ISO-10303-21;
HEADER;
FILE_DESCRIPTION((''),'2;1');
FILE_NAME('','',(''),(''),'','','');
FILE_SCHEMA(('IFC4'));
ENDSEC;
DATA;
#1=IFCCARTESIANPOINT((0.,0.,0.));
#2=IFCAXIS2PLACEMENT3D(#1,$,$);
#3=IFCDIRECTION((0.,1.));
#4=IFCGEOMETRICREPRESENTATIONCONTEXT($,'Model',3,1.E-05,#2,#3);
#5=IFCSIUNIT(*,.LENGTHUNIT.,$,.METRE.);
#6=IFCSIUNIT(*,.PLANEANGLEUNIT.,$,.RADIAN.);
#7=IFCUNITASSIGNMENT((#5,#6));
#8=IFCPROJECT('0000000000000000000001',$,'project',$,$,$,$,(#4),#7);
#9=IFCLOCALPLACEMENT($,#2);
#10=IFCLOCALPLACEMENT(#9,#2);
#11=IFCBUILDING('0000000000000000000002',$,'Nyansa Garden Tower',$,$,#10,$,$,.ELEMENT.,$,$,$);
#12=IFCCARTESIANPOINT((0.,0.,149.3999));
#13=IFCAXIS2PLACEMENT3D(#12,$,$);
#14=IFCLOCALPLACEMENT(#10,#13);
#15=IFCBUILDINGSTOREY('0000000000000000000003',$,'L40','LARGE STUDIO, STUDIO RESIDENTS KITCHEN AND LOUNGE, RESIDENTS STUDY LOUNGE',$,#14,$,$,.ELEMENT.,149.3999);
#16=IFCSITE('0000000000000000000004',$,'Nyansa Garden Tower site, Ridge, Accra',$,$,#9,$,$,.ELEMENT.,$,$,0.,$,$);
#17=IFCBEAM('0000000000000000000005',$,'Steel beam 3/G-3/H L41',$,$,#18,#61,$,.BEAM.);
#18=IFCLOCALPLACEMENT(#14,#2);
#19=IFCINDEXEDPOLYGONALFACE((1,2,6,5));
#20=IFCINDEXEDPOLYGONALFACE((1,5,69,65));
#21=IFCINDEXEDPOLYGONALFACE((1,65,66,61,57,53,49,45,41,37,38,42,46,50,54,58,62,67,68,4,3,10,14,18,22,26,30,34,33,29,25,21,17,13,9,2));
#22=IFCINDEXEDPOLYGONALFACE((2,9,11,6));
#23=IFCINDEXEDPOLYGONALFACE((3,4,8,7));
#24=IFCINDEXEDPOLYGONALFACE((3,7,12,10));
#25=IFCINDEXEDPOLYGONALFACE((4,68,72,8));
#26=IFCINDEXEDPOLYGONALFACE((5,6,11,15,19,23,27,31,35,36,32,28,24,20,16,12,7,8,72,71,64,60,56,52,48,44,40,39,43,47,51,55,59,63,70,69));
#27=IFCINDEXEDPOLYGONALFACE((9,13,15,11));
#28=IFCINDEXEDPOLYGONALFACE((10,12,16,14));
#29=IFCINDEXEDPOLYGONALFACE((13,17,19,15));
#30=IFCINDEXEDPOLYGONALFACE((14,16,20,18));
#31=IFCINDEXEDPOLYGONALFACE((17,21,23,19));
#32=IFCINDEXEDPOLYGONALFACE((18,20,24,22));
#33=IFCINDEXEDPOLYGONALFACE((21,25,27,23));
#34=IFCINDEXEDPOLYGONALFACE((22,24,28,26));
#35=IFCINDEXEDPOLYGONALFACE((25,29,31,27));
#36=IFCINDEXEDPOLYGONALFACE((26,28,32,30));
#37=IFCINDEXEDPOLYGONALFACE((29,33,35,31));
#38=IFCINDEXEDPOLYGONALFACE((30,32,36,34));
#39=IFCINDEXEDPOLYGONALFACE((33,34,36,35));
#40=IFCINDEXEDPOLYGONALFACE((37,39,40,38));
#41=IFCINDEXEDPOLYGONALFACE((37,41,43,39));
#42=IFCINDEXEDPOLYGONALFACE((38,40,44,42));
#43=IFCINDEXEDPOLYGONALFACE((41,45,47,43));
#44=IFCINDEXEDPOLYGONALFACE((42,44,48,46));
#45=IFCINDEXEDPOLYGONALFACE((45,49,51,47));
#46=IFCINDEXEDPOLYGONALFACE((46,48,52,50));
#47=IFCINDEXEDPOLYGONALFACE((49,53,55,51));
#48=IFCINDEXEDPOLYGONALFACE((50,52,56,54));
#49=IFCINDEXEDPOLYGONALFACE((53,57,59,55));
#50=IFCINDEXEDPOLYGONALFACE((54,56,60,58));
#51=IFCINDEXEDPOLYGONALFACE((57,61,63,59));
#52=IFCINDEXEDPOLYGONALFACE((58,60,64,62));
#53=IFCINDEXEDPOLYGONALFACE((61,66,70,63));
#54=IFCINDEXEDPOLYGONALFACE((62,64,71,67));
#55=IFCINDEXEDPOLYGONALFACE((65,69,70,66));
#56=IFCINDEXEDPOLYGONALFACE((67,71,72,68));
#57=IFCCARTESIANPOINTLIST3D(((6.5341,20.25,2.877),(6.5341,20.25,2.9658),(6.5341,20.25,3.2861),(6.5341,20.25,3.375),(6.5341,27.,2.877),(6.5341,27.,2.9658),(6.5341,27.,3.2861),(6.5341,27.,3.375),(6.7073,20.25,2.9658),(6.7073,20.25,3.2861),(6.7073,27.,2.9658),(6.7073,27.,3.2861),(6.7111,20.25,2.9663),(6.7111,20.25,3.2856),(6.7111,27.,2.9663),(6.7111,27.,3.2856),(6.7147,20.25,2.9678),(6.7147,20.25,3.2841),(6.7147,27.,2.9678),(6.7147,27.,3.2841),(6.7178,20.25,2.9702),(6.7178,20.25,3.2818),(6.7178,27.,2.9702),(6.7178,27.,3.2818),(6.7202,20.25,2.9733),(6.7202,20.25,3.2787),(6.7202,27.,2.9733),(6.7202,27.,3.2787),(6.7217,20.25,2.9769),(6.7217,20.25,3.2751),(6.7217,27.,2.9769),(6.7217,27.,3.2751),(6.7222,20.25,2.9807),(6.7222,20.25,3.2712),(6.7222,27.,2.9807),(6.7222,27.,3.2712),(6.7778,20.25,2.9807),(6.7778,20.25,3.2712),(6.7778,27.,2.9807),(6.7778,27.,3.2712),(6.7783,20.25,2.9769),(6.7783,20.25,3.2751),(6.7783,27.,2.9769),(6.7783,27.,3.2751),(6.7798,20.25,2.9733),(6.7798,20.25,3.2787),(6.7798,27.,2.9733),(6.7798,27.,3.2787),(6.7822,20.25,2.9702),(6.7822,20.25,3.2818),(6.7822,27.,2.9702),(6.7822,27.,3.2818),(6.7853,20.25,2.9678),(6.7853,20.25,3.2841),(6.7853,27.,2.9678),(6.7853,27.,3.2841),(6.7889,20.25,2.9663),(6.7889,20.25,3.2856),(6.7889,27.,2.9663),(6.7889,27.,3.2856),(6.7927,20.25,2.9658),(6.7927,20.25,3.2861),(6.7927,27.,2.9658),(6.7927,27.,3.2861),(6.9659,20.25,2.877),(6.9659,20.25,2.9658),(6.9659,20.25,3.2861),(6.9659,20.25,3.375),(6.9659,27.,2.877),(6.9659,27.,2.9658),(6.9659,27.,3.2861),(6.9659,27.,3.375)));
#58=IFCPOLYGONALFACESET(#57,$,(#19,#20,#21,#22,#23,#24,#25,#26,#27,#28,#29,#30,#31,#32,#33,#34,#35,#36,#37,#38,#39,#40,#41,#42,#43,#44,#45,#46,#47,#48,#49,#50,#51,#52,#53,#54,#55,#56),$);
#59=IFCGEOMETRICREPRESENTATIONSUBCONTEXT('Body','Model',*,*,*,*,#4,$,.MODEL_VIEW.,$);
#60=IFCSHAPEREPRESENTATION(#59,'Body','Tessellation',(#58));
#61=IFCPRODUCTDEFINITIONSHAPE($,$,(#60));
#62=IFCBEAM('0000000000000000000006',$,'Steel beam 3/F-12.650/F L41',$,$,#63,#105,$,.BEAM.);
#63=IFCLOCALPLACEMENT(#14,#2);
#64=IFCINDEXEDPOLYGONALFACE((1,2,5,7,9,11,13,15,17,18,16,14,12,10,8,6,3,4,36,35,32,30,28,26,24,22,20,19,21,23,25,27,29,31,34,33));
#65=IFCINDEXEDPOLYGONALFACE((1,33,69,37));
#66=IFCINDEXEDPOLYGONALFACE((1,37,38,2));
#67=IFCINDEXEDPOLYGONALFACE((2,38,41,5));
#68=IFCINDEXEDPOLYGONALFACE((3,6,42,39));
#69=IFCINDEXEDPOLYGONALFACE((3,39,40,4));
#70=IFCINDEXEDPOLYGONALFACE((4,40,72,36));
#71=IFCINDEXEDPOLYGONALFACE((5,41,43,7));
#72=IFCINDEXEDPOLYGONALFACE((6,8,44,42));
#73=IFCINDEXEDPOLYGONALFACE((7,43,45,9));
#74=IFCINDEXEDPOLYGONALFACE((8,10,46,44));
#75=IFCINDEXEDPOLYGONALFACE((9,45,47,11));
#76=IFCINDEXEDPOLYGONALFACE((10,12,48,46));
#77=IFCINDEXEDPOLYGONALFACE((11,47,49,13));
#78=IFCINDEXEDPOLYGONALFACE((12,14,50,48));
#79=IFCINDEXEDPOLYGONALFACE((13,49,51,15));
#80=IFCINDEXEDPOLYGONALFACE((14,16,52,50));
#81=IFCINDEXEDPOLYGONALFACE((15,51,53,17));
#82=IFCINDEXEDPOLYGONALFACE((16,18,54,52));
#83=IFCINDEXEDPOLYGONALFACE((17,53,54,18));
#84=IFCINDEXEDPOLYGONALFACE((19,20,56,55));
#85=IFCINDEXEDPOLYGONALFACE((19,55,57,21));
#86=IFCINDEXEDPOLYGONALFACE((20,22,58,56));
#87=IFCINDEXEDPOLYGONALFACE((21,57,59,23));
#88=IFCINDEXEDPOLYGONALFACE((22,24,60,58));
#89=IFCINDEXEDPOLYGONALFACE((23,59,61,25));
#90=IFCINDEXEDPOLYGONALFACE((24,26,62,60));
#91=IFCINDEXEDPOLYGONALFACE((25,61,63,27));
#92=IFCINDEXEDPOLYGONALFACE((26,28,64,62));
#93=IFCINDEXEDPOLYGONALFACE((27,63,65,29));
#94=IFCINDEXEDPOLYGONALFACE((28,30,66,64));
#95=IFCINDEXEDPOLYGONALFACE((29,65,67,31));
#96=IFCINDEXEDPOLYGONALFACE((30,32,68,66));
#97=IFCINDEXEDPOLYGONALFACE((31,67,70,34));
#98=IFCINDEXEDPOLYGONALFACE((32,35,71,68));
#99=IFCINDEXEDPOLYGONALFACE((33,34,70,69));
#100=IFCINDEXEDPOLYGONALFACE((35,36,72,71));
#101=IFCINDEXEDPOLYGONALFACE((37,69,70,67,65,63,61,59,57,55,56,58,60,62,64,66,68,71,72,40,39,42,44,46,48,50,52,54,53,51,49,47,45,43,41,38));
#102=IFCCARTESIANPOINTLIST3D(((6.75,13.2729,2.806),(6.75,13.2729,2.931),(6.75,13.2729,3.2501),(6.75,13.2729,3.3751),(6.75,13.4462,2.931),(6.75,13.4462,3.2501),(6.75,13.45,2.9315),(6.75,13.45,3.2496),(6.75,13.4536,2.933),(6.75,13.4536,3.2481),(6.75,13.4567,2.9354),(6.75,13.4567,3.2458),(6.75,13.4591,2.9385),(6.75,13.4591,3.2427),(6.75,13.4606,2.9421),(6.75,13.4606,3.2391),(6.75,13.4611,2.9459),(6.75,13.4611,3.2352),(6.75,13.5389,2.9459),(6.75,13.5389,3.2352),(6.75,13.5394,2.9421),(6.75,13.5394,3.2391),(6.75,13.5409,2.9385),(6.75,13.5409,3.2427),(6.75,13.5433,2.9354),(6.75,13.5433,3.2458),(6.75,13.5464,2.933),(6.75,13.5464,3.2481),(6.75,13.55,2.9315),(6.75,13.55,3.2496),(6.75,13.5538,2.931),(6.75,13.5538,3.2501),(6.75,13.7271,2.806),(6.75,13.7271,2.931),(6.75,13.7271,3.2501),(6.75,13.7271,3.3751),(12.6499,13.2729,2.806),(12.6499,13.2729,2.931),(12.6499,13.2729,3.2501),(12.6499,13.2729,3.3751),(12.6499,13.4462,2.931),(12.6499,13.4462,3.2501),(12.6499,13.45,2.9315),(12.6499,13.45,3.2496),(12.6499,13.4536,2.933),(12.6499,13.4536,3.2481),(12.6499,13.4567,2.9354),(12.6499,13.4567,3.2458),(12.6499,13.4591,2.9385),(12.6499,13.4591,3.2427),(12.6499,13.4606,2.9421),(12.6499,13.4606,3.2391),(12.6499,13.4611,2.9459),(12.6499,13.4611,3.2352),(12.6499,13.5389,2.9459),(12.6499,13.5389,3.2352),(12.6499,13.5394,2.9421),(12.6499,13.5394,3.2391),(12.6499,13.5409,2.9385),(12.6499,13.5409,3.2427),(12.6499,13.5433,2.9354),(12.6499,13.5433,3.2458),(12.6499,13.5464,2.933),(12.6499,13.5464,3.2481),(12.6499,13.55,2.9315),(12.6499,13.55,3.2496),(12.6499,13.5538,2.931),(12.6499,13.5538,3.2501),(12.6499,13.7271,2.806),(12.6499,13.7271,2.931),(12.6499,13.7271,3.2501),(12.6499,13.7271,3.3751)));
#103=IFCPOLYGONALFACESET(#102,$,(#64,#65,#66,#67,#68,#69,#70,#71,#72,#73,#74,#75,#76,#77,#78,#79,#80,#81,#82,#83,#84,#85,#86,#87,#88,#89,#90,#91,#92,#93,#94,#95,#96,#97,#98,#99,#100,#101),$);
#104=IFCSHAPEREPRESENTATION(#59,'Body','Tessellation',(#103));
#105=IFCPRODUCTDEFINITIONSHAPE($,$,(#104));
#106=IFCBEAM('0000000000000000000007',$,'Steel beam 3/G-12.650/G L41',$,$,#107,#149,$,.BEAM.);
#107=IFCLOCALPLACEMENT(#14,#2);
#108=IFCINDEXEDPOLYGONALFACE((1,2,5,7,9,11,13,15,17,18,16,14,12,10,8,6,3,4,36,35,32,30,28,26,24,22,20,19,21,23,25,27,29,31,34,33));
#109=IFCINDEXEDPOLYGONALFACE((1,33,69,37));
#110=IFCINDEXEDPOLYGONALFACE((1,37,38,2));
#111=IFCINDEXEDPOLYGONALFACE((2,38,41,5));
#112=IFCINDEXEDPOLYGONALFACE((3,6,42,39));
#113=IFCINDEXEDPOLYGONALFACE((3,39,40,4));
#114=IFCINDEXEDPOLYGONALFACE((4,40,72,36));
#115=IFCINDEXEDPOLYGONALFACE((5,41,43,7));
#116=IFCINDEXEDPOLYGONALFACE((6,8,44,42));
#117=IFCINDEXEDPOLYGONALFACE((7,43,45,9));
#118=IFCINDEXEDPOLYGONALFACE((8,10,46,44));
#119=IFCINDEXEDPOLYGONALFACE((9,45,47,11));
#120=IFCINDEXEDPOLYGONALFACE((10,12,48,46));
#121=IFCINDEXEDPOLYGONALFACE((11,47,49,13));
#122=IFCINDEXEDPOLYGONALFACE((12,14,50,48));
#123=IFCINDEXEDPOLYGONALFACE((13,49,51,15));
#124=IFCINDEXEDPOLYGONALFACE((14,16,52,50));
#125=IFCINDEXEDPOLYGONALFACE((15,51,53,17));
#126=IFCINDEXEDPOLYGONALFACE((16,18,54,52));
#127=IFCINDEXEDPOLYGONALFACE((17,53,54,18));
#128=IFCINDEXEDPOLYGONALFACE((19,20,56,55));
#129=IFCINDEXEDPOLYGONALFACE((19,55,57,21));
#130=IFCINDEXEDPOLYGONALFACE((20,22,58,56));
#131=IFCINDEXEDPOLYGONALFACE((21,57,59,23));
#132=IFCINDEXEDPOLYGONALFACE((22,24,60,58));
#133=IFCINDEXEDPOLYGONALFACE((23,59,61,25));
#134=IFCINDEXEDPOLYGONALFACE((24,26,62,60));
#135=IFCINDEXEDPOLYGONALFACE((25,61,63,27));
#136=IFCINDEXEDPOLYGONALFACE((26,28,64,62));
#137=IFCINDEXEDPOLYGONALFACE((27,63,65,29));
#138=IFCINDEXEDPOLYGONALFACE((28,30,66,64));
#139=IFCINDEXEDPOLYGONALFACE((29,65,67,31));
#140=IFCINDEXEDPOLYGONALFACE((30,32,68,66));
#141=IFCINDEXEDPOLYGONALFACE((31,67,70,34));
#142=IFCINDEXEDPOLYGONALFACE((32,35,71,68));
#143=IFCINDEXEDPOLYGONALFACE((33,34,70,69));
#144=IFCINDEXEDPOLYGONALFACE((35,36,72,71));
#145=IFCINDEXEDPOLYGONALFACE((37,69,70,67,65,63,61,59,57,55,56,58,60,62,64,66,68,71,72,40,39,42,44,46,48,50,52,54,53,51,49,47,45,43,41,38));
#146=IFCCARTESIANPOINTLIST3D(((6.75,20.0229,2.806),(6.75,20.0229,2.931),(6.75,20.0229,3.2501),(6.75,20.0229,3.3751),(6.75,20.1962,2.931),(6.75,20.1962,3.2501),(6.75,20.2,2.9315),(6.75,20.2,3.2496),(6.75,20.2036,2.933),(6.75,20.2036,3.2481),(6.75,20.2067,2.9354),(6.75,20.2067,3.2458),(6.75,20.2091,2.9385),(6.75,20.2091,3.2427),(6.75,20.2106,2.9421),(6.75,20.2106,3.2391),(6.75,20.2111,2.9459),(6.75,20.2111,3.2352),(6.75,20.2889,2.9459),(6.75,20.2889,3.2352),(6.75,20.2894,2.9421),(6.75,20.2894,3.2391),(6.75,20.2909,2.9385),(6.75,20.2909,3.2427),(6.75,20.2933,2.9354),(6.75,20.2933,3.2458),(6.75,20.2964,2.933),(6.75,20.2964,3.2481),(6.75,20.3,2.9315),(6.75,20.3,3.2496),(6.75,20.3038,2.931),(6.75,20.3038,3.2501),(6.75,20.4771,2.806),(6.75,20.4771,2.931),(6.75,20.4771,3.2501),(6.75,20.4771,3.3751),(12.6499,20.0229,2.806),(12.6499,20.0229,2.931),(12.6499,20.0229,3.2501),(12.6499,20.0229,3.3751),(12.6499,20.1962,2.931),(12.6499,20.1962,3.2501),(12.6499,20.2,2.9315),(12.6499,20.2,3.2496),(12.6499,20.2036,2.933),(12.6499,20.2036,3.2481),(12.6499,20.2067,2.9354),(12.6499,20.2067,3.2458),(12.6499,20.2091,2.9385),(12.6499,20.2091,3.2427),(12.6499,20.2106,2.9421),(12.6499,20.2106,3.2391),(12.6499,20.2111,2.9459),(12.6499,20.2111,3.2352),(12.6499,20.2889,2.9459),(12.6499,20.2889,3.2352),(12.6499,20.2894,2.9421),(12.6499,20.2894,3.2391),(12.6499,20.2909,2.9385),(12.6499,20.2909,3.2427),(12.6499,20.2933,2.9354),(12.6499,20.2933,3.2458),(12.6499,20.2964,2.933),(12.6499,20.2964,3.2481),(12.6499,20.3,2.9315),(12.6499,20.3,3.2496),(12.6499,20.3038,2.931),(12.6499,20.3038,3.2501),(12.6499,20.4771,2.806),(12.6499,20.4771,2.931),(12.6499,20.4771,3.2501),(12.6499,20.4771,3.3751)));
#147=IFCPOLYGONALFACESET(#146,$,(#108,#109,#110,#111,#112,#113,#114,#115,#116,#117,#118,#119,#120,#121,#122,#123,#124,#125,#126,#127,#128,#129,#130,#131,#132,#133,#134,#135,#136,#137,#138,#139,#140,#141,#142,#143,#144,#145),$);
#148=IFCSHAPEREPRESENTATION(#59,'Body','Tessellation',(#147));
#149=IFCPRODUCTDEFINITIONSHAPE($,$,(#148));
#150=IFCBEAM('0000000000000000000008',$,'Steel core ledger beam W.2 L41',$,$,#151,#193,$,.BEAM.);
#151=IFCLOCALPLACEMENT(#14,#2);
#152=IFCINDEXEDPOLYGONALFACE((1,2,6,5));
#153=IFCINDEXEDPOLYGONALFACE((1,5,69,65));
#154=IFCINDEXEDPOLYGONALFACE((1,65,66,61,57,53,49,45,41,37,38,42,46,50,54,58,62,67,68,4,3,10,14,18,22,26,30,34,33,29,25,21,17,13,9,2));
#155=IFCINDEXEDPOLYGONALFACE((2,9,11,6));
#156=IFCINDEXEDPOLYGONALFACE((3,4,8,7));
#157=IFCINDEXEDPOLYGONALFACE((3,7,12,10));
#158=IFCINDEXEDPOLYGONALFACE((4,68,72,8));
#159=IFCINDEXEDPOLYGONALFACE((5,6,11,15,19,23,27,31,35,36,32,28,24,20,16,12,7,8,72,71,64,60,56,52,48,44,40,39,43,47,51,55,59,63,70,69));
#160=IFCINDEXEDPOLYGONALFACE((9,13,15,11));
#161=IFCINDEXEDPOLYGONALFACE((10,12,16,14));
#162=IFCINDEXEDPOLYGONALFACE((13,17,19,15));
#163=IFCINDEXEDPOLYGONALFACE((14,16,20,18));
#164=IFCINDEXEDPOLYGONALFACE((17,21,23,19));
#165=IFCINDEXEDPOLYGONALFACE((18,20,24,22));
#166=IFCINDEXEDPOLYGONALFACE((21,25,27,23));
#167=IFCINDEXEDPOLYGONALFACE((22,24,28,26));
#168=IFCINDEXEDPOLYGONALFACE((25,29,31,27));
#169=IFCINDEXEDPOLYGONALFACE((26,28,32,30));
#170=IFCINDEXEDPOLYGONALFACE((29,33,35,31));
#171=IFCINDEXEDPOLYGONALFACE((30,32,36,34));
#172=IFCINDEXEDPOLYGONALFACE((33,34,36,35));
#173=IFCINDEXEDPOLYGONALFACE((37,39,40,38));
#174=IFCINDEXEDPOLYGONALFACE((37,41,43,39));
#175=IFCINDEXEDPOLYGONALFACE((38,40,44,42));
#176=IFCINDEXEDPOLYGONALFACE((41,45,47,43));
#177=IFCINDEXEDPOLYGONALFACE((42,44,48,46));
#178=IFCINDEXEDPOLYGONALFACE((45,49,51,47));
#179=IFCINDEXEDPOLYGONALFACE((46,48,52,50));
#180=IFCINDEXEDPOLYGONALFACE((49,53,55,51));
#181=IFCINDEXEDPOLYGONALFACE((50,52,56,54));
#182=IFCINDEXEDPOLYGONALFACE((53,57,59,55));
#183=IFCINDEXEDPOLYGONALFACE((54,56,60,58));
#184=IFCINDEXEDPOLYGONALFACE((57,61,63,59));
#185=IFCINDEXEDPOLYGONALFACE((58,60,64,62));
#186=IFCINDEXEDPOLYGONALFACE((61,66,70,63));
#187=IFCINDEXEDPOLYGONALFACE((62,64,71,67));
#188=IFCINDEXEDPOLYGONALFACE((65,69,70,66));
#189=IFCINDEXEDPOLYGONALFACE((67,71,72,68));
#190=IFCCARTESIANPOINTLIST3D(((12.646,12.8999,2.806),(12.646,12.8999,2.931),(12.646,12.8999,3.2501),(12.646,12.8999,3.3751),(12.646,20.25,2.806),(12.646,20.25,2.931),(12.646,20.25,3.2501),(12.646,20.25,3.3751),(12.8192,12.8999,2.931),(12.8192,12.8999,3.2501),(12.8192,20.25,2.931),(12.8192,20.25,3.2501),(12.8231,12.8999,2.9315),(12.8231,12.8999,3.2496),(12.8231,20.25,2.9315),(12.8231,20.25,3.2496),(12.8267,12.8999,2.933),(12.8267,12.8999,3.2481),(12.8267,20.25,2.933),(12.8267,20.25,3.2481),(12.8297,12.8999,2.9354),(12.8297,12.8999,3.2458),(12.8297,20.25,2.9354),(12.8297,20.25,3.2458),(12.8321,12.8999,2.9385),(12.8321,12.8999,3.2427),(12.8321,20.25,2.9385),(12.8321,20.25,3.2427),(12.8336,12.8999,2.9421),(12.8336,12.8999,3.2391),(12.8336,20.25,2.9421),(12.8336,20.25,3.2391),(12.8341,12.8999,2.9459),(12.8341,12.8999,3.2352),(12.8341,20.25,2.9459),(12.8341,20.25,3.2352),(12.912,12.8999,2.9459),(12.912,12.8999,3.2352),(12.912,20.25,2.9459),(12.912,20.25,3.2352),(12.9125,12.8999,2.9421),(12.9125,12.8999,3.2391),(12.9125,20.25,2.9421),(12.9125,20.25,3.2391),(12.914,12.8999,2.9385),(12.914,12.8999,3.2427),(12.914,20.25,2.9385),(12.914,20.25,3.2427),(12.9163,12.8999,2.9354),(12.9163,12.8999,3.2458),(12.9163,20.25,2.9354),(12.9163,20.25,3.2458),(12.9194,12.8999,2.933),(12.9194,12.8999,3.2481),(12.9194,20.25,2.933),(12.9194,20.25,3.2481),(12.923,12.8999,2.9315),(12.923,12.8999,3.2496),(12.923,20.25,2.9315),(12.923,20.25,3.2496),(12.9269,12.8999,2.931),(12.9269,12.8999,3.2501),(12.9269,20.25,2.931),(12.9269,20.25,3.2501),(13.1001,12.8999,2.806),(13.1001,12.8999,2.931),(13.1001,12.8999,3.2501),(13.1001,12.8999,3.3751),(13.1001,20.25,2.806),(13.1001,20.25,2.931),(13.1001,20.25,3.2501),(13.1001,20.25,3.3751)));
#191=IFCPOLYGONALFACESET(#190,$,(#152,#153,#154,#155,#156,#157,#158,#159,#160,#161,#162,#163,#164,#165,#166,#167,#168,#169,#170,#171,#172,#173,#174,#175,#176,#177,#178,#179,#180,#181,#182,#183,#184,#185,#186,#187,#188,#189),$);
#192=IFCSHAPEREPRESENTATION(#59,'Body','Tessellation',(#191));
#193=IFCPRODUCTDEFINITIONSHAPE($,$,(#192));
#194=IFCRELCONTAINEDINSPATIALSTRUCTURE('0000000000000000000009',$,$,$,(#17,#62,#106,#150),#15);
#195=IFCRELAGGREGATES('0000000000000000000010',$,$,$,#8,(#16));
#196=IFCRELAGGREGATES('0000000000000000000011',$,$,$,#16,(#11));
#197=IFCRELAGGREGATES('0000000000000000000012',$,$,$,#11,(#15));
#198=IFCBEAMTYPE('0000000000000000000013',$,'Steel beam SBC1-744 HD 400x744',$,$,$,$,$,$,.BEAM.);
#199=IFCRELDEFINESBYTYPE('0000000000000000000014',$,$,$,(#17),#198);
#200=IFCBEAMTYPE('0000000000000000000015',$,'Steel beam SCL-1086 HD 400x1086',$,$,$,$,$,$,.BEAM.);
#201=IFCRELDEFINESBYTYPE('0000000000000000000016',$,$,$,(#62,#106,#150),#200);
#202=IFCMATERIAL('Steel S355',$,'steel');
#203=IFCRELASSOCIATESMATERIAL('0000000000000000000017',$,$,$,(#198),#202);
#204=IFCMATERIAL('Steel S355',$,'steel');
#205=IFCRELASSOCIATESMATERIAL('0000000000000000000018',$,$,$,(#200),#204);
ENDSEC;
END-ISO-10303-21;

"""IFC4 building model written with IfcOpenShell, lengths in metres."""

from ifc_helpers import new_model, si_unit, direction, frame, origin, origin_2d, place, context, subcontext, project, spatial, i_section, extrude, material, material_profile, profile_set, type_object, element, save


model = new_model("IFC4")

# Units and contexts
model_context = context("Model", 3, precision=1e-05, world=origin(), true_north=direction((0.0, 1.0)))
body_context = subcontext(model_context, "Body", "Model", "MODEL_VIEW")
ifc_project = project(units=[si_unit("LENGTHUNIT", "METRE"), si_unit("PLANEANGLEUNIT", "RADIAN")], contexts=[model_context])

# Site, building, storey
site_placement = place(None, origin())
site = spatial("IfcSite", under=ifc_project, at=site_placement, Name="Nyansa Garden Tower site, Ridge, Accra", CompositionType="ELEMENT", RefElevation=0.0)
building_placement = place(site_placement, origin())
building = spatial("IfcBuilding", under=site, at=building_placement, Name="Nyansa Garden Tower", CompositionType="ELEMENT")
storey_placement = place(building_placement, frame((0.0, 0.0, 149.3999)))
storey = spatial("IfcBuildingStorey", under=building, at=storey_placement, Name="L40", Description="LARGE STUDIO, STUDIO RESIDENTS KITCHEN AND LOUNGE, RESIDENTS STUDY LOUNGE", CompositionType="ELEMENT", Elevation=149.3999)

# Beams
ifc_material_1 = material(Name="Steel S355", Category="steel")
ifc_material_profile_1 = material_profile(ifc_material_1, i_section(OverallWidth=0.4319, OverallDepth=0.498, WebThickness=0.0557, FlangeThickness=0.0889, FilletRadius=0.0149, at=origin_2d()), Name="HD 400x744")
ifc_profile_set_1 = profile_set([ifc_material_profile_1], Name="Steel S355")
beam_type_1 = type_object("IfcBeamType", Name="Steel beam SBC1-744 HD 400x744", PredefinedType="BEAM", material=ifc_profile_set_1)
for number, where, z_axis, x_axis, name in (
    (1, (6.75, 20.25, 3.126), (0.0, 1.0, 0.0), (-1.0, 0.0, 0.0), "Steel beam 3/G-3/H L41"),
):
    element("IfcBeam", number, at=place(storey_placement, frame(where, z_axis=z_axis, x_axis=x_axis)), inside=storey, type_object=beam_type_1, Name=name, PredefinedType="BEAM", context=body_context, shape_type="SweptSolid", body=[
        extrude(i_section(OverallWidth=0.4319, OverallDepth=0.498, WebThickness=0.0557, FlangeThickness=0.0889, FilletRadius=0.0149, at=origin_2d()), origin(), (0.0, 0.0, 1.0), 6.75),
    ])
ifc_material_2 = material(Name="Steel S355", Category="steel")
ifc_material_profile_2 = material_profile(ifc_material_2, i_section(OverallWidth=0.4541, OverallDepth=0.5691, WebThickness=0.0779, FlangeThickness=0.125, FilletRadius=0.0149, at=origin_2d()), Name="HD 400x1086")
ifc_profile_set_2 = profile_set([ifc_material_profile_2], Name="Steel S355")
beam_type_2 = type_object("IfcBeamType", Name="Steel beam SCL-1086 HD 400x1086", PredefinedType="BEAM", material=ifc_profile_set_2)
for number, where, z_axis, x_axis, name in (
    (2, (6.75, 13.5, 3.0906), (1.0, 0.0, 0.0), (0.0, 1.0, 0.0), "Steel beam 3/F-12.650/F L41"),
    (3, (6.75, 20.25, 3.0906), (1.0, 0.0, 0.0), (0.0, 1.0, 0.0), "Steel beam 3/G-12.650/G L41"),
):
    element("IfcBeam", number, at=place(storey_placement, frame(where, z_axis=z_axis, x_axis=x_axis)), inside=storey, type_object=beam_type_2, Name=name, PredefinedType="BEAM", context=body_context, shape_type="SweptSolid", body=[
        extrude(i_section(OverallWidth=0.4541, OverallDepth=0.5691, WebThickness=0.0779, FlangeThickness=0.125, FilletRadius=0.0149, at=origin_2d()), origin(), (0.0, 0.0, 1.0), 5.8999),
    ])
beam_placement = place(storey_placement, frame((12.873, 20.25, 3.0906), z_axis=(0.0, -1.0, 0.0), x_axis=(1.0, 0.0, 0.0)))
element("IfcBeam", 4, at=beam_placement, inside=storey, type_object=beam_type_2, Name="Steel core ledger beam W.2 L41", PredefinedType="BEAM", context=body_context, shape_type="SweptSolid", body=[
    extrude(i_section(OverallWidth=0.4541, OverallDepth=0.5691, WebThickness=0.0779, FlangeThickness=0.125, FilletRadius=0.0149, at=origin_2d()), origin(), (0.0, 0.0, 1.0), 7.3501),
])

save(model, "model.ifc")
